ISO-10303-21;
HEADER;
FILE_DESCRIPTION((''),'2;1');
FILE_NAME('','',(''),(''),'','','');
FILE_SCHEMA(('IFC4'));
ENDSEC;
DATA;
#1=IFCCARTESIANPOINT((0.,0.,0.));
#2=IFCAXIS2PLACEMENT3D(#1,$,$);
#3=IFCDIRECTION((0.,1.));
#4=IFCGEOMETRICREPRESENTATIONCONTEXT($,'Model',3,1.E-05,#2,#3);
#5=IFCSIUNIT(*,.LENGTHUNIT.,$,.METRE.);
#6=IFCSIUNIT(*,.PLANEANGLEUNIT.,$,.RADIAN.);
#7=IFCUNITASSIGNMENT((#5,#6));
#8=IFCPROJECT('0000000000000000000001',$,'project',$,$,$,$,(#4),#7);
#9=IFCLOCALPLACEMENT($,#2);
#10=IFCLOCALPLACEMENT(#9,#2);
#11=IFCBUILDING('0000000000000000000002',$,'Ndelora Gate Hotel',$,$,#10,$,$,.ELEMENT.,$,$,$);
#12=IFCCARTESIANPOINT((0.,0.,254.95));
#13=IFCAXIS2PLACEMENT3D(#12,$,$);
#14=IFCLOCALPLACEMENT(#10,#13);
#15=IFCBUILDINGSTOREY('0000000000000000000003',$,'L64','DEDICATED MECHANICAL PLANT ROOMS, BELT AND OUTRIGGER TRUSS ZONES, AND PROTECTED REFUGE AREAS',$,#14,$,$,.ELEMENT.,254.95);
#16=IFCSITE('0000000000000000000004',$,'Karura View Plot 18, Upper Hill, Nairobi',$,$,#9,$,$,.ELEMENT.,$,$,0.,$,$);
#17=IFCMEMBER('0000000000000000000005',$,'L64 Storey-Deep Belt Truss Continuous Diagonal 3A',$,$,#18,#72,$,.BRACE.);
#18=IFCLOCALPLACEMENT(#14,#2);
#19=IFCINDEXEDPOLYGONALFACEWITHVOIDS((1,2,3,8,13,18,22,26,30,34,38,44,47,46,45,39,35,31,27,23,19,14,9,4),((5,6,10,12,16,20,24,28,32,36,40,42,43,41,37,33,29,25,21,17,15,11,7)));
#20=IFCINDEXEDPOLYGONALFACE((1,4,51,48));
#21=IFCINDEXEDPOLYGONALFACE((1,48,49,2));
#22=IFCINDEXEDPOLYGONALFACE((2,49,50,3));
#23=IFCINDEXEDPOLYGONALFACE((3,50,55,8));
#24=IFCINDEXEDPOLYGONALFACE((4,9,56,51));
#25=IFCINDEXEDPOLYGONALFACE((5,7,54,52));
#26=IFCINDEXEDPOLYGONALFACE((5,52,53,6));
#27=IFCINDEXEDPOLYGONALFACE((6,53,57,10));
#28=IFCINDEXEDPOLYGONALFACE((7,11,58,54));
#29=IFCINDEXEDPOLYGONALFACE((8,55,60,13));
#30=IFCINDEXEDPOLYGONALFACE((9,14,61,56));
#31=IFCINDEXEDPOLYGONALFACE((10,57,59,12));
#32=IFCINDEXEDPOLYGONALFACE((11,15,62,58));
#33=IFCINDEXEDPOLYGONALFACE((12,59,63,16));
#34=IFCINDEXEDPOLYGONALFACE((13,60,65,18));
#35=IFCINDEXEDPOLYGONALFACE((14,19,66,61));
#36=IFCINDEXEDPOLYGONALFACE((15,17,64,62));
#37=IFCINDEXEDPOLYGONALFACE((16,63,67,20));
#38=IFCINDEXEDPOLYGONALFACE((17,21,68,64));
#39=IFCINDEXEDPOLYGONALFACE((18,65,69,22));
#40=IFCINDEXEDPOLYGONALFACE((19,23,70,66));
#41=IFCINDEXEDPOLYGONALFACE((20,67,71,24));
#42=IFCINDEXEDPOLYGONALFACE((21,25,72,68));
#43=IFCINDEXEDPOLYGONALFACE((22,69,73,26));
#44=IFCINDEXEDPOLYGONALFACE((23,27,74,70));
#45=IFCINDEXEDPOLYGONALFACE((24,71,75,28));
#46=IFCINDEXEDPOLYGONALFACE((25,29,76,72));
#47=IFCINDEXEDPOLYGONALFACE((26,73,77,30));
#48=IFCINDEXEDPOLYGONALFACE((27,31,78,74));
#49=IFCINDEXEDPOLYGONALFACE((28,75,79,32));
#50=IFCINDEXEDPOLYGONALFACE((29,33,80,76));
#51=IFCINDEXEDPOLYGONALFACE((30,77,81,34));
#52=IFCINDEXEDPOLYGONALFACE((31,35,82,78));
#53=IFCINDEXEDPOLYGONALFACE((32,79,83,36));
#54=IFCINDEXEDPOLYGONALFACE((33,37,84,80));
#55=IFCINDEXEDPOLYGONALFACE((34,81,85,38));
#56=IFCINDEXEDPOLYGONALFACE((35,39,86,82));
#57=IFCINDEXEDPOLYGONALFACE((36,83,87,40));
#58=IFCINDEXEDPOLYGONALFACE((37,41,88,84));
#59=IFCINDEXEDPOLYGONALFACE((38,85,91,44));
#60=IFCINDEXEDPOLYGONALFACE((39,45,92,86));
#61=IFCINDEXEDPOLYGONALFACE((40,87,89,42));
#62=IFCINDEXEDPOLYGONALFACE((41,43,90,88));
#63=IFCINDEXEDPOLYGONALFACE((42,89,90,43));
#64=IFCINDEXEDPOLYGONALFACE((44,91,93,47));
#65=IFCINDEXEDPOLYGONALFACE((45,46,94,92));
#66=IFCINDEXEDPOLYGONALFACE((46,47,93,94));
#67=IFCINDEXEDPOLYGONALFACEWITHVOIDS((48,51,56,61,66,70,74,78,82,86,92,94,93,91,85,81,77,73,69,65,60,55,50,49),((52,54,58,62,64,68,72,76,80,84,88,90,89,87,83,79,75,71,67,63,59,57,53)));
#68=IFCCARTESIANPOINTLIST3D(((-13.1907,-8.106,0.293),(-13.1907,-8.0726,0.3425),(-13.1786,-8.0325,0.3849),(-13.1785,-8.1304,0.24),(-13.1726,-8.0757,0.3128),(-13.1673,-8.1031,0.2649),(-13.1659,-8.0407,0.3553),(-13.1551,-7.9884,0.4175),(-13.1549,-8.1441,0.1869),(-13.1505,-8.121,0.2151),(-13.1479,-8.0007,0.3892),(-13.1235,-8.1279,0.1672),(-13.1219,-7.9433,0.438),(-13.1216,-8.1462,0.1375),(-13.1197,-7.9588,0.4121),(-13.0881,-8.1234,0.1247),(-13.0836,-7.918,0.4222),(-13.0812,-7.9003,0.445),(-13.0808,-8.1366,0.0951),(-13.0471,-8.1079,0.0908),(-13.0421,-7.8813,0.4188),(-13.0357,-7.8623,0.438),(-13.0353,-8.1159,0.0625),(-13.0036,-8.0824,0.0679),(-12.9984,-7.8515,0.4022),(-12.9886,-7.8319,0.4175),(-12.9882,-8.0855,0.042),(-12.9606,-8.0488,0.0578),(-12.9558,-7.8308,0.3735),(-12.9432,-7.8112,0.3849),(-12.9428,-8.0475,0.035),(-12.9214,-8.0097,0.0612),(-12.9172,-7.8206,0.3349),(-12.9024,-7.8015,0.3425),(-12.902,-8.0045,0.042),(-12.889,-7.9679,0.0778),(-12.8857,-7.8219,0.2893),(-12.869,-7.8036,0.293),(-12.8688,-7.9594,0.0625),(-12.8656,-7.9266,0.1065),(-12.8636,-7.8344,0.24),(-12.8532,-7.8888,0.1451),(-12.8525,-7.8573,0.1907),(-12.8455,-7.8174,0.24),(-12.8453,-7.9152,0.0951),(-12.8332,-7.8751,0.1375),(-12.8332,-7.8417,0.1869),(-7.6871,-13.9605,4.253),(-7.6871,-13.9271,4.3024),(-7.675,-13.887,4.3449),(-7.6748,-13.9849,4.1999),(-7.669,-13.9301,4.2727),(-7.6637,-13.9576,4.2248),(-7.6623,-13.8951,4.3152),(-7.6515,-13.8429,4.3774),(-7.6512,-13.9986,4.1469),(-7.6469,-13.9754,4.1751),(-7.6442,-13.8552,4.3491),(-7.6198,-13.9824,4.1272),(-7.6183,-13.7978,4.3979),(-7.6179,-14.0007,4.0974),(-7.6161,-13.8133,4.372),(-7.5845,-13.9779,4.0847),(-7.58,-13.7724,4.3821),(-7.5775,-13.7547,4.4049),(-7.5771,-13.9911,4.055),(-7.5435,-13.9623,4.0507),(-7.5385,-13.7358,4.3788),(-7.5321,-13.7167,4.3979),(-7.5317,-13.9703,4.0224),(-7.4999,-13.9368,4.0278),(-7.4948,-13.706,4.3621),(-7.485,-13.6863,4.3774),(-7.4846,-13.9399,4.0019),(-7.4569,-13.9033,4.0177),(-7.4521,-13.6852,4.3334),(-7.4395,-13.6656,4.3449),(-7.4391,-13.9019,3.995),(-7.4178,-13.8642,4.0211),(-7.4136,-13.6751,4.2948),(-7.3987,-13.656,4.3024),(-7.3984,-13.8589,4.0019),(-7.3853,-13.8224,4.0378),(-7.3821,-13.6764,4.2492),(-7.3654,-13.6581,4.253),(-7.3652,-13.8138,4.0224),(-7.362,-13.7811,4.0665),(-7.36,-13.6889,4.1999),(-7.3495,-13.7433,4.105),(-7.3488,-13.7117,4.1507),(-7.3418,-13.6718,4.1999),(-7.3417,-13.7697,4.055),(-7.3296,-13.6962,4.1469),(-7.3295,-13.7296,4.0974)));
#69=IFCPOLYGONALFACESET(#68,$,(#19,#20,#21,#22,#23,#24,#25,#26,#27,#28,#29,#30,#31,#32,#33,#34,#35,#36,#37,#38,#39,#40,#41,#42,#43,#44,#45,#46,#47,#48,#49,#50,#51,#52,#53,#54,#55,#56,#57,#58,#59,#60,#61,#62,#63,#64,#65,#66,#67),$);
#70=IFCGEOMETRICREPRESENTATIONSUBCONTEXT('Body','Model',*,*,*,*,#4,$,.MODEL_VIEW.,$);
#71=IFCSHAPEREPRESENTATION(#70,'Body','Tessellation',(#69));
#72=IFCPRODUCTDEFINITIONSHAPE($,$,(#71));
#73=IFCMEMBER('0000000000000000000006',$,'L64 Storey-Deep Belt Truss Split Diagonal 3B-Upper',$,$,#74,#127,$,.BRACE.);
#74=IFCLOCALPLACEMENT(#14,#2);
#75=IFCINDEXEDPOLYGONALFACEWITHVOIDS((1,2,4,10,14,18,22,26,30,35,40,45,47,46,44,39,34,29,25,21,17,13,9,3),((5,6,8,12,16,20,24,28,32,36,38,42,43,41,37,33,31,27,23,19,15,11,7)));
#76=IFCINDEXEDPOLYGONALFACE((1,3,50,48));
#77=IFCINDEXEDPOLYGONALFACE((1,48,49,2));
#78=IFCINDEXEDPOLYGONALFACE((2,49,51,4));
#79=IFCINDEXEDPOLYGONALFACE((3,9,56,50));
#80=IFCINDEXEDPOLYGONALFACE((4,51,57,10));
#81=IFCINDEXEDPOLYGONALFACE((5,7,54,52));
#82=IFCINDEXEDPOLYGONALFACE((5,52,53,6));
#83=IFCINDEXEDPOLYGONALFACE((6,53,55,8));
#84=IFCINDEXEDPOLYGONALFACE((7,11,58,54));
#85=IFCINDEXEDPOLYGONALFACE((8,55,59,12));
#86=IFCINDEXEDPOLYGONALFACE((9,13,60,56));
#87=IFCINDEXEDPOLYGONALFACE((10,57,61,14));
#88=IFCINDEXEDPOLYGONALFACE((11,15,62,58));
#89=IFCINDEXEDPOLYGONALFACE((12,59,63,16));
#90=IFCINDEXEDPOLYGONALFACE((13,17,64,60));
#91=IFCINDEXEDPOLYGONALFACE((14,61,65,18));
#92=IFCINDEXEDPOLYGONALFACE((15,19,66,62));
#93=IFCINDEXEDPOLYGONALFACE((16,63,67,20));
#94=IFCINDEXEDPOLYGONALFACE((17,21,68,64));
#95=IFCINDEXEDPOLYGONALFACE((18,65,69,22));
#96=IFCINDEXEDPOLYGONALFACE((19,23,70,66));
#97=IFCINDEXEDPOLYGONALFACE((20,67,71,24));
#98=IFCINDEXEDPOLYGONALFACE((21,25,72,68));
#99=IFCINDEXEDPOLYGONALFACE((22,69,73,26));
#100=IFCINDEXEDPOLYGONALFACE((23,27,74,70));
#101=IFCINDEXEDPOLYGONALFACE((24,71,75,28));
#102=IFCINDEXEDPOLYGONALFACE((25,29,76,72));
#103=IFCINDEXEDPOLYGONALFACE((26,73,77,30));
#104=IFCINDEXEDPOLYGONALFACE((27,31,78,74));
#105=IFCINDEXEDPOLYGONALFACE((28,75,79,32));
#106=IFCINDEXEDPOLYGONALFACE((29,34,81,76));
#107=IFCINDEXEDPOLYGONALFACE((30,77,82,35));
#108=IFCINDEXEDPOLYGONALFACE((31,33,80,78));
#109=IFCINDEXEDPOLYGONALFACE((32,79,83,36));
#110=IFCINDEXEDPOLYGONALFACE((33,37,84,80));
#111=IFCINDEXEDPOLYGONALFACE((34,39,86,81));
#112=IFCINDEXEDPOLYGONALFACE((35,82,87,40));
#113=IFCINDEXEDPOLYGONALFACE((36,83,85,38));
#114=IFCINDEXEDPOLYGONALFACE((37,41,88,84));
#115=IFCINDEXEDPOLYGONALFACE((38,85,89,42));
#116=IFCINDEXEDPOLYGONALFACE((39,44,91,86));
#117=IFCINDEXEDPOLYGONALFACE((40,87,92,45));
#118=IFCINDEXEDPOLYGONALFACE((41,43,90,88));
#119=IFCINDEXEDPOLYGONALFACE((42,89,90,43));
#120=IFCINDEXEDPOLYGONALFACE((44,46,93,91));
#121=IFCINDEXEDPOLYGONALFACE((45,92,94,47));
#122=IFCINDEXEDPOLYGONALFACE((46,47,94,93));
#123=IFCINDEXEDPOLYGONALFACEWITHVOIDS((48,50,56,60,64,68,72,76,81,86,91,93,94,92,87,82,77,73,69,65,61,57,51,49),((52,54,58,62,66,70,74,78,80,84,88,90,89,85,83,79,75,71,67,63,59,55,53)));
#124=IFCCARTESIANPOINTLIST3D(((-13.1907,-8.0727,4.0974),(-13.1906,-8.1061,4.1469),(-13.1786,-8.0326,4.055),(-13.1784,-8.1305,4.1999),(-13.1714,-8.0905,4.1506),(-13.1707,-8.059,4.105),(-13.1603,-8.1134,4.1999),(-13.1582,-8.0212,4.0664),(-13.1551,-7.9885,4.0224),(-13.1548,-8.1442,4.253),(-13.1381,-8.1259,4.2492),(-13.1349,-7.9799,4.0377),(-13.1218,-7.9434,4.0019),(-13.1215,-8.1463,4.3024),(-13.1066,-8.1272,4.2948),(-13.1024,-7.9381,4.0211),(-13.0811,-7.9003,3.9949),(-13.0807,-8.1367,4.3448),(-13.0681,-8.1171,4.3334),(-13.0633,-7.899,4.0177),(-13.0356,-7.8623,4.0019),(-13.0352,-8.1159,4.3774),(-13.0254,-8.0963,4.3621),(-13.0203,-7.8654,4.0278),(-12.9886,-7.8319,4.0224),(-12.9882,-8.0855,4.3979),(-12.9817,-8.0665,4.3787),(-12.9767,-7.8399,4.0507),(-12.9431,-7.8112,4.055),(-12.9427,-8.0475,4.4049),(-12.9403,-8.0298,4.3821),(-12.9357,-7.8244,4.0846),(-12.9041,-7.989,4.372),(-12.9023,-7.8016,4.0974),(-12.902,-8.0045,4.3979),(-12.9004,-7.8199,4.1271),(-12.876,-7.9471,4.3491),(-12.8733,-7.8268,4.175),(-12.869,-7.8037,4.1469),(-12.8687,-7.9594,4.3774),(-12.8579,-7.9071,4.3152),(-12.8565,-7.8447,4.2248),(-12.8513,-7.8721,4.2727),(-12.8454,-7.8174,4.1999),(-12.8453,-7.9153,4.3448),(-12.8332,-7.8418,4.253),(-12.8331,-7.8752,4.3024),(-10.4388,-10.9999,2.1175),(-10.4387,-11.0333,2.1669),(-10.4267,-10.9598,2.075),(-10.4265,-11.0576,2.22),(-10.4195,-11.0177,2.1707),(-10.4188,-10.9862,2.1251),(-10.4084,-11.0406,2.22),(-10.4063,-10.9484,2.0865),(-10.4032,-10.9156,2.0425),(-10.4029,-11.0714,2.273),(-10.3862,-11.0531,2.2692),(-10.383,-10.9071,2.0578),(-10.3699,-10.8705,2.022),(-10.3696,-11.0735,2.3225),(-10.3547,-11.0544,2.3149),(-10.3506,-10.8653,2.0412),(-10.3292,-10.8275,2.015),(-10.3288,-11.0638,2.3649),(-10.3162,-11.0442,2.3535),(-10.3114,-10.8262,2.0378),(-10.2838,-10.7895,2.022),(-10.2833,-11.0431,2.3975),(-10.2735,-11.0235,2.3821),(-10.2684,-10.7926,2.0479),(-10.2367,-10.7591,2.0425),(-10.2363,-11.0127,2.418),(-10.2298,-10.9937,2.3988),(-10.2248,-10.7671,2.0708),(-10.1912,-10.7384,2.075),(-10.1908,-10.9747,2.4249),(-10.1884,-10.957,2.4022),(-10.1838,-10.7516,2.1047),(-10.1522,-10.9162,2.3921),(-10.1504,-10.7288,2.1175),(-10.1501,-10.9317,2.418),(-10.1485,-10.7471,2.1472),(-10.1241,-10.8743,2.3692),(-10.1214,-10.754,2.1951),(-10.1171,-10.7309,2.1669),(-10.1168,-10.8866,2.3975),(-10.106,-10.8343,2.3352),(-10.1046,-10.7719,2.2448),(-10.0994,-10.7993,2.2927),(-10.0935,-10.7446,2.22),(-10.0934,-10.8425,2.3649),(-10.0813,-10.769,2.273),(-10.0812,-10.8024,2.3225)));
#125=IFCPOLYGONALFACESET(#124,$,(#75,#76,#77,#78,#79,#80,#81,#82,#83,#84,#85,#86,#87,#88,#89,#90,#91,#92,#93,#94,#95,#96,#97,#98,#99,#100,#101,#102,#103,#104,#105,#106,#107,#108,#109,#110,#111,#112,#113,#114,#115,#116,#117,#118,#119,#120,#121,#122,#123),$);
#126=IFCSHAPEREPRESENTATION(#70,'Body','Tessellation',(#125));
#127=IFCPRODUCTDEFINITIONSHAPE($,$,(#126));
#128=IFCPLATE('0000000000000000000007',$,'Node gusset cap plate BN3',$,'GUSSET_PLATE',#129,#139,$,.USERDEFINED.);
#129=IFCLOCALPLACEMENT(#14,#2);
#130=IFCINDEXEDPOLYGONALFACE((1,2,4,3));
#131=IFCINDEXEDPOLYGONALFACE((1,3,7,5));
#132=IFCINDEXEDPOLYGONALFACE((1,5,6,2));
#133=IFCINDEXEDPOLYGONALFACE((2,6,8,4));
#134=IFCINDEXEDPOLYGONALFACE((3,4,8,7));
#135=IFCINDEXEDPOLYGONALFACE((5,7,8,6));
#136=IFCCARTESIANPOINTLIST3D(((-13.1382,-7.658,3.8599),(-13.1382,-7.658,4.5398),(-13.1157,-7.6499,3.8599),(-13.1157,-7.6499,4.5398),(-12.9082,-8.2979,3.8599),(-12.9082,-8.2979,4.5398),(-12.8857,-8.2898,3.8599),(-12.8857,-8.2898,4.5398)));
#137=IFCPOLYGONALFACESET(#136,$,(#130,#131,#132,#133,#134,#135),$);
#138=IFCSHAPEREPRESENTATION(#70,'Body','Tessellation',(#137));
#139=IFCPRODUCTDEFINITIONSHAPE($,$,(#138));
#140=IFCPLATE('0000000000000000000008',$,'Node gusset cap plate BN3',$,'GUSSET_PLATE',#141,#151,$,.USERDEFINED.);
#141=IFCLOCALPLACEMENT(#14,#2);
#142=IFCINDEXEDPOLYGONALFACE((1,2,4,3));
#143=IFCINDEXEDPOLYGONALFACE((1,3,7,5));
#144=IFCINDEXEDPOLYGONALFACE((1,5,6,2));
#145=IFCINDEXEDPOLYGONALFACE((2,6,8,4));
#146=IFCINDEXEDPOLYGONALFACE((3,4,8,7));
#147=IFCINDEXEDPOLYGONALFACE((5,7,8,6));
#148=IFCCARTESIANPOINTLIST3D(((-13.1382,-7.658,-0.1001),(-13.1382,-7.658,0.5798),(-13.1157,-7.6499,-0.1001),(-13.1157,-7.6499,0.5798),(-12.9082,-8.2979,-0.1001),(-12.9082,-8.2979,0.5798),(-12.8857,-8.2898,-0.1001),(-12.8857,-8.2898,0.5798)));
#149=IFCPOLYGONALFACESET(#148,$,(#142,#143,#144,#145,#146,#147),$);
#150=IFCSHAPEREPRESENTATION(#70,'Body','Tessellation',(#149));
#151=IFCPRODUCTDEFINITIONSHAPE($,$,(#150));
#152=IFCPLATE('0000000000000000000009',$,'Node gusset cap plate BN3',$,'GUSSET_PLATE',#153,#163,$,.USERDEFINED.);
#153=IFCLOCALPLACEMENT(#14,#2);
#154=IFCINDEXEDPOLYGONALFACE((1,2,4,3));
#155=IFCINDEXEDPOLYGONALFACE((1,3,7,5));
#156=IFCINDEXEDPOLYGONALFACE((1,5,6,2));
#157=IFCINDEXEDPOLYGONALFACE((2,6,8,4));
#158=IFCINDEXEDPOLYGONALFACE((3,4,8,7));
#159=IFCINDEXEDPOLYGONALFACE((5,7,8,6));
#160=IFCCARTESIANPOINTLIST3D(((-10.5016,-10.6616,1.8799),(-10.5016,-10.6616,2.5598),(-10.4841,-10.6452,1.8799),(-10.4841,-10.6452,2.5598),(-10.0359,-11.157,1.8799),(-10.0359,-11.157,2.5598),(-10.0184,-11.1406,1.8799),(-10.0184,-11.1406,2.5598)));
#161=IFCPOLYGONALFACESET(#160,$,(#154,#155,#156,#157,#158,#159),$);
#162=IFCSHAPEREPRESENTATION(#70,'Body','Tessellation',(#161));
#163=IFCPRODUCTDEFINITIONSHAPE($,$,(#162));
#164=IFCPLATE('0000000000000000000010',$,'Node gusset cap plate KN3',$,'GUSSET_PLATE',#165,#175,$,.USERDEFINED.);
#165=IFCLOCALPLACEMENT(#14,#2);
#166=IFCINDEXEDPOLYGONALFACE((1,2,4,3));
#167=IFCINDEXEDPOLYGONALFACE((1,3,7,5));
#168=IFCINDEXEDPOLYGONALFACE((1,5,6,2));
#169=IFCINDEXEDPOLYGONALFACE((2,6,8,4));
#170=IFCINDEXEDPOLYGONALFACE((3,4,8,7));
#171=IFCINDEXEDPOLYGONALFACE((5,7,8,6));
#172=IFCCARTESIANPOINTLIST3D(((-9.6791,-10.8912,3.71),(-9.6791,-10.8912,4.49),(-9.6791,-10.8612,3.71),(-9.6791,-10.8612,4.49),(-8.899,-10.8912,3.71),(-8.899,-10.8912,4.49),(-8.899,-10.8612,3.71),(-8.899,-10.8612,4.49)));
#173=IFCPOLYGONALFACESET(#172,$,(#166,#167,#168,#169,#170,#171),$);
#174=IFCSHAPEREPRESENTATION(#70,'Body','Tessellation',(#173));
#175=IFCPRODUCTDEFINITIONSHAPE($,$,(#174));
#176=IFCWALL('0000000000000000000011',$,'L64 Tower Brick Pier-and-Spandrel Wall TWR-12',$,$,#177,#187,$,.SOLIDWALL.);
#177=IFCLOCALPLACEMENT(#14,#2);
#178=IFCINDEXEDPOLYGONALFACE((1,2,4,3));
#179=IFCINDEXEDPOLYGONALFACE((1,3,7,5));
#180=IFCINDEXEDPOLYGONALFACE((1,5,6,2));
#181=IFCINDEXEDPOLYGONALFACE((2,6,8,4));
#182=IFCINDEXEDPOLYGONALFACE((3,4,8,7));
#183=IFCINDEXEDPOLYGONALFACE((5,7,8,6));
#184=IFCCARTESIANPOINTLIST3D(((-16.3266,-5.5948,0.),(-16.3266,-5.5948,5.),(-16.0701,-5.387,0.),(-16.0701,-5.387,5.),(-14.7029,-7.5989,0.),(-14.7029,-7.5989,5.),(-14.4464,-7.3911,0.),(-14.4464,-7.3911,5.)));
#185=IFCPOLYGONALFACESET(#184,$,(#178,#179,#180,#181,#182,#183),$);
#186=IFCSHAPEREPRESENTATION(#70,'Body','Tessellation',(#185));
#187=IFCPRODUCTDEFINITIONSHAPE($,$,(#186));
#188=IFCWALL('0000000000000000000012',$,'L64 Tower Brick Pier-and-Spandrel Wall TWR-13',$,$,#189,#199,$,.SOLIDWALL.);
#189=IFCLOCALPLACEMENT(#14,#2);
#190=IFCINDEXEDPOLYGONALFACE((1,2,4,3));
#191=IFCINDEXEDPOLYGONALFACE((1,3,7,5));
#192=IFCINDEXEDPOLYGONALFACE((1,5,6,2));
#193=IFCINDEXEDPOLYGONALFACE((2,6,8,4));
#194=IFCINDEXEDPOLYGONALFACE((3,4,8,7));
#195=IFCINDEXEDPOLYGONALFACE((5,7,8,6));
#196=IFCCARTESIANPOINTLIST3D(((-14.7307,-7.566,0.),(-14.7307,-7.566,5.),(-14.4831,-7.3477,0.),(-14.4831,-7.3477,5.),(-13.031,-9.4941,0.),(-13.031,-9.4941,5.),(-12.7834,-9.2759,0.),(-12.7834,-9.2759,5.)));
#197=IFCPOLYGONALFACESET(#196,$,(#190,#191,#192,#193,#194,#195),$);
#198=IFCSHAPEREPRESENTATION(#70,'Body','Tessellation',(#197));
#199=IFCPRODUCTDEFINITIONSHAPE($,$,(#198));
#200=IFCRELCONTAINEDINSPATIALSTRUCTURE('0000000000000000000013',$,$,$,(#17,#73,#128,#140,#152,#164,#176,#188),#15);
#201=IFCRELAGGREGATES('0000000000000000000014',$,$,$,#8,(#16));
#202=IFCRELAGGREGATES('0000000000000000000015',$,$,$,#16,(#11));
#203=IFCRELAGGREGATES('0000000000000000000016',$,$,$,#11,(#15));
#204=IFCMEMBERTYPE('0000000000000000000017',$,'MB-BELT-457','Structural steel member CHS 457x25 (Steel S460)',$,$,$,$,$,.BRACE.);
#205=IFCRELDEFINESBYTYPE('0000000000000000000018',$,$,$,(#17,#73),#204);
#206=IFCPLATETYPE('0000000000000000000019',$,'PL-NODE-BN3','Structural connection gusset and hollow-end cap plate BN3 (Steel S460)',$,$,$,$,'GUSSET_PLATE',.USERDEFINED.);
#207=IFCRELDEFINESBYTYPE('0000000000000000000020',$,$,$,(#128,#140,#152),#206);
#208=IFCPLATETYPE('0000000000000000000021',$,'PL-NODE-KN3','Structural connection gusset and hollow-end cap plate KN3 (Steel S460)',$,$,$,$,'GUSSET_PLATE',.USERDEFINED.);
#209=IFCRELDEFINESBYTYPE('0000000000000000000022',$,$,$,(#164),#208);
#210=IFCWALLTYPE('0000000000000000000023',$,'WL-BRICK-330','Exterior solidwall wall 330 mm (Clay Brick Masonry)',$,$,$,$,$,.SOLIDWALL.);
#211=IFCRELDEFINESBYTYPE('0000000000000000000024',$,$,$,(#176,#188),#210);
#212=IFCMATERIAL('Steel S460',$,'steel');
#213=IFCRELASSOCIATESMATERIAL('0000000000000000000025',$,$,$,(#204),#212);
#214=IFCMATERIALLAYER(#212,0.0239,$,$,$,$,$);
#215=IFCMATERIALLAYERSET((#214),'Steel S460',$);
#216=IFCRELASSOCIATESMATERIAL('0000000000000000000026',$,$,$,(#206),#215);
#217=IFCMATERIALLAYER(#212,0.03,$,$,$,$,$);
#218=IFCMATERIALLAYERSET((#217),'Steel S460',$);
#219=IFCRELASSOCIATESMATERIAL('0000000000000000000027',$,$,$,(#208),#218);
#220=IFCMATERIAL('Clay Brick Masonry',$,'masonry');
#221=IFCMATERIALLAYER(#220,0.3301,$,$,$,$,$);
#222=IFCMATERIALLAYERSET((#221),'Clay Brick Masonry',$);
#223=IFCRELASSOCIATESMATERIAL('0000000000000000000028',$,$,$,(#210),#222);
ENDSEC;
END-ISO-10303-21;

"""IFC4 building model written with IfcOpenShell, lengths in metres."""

from ifc_helpers import new_model, si_unit, direction, frame, frame_2d, origin, origin_2d, place, context, subcontext, project, spatial, rectangle, hollow_circle, extrude, material, layer, layer_set, material_profile, profile_set, type_object, element, save


model = new_model("IFC4")

# Units and contexts
model_context = context("Model", 3, precision=1e-05, world=origin(), true_north=direction((0.0, 1.0)))
body_context = subcontext(model_context, "Body", "Model", "MODEL_VIEW")
ifc_project = project(units=[si_unit("LENGTHUNIT", "METRE"), si_unit("PLANEANGLEUNIT", "RADIAN")], contexts=[model_context])

# Site, building, storey
site_placement = place(None, origin())
site = spatial("IfcSite", under=ifc_project, at=site_placement, Name="Karura View Plot 18, Upper Hill, Nairobi", CompositionType="ELEMENT", RefElevation=0.0)
building_placement = place(site_placement, origin())
building = spatial("IfcBuilding", under=site, at=building_placement, Name="Ndelora Gate Hotel", CompositionType="ELEMENT")
storey_placement = place(building_placement, frame((0.0, 0.0, 254.95)))
storey = spatial("IfcBuildingStorey", under=building, at=storey_placement, Name="L64", Description="DEDICATED MECHANICAL PLANT ROOMS, BELT AND OUTRIGGER TRUSS ZONES, AND PROTECTED REFUGE AREAS", CompositionType="ELEMENT", Elevation=254.95)

# Shared definitions
ifc_material_1 = material(Name="Steel S460", Category="steel")

# Members
ifc_material_profile_1 = material_profile(ifc_material_1, hollow_circle(Radius=0.2285, WallThickness=0.0249, at=origin_2d()), Name="CHS 457x25")
ifc_profile_set_1 = profile_set([ifc_material_profile_1], Name="Steel S460")
member_type = type_object("IfcMemberType", Name="MB-BELT-457", Description="Structural steel member CHS 457x25 (Steel S460)", PredefinedType="BRACE", material=ifc_profile_set_1)
member_1_placement = place(storey_placement, frame((-13.012, -7.9739, 0.24), z_axis=(0.614382, -0.653545, 0.442056), x_axis=(0.7286, 0.684939, 0.0)))
element("IfcMember", 1, at=member_1_placement, inside=storey, type_object=member_type, Name="L64 Storey-Deep Belt Truss Continuous Diagonal 3A", PredefinedType="BRACE", context=body_context, shape_type="SweptSolid", body=[
    extrude(hollow_circle(Radius=0.2285, WallThickness=0.0249, at=origin_2d()), origin(), (0.0, 0.0, 1.0), 8.958),
])
member_2_placement = place(storey_placement, frame((-10.26, -10.9011, 2.22), z_axis=(-0.614399, 0.653534, 0.442049), x_axis=(-0.728585, -0.684955, 0.0)))
element("IfcMember", 2, at=member_2_placement, inside=storey, type_object=member_type, Name="L64 Storey-Deep Belt Truss Split Diagonal 3B-Upper", PredefinedType="BRACE", context=body_context, shape_type="SweptSolid", body=[
    extrude(hollow_circle(Radius=0.2285, WallThickness=0.0249, at=origin_2d()), origin(), (0.0, 0.0, 1.0), 4.479),
])

# Plates
ifc_layer_1 = layer(ifc_material_1, 0.0239)
ifc_layer_set_1 = layer_set([ifc_layer_1], Name="Steel S460")
plate_type_1 = type_object("IfcPlateType", Name="PL-NODE-BN3", Description="Structural connection gusset and hollow-end cap plate BN3 (Steel S460)", ElementType="GUSSET_PLATE", PredefinedType="USERDEFINED", material=ifc_layer_set_1)
for number, where, z_axis, x_axis, name in (
    (3, (-13.012, -7.9739, 3.8599), (0.0, 0.0, 1.0), (-0.338245, 0.941058, 0.0), "Node gusset cap plate BN3"),
    (4, (-13.012, -7.9739, -0.1001), (0.0, 0.0, 1.0), (-0.338245, 0.941058, 0.0), "Node gusset cap plate BN3"),
    (5, (-10.26, -10.9011, 1.8799), (0.0, 0.0, 1.0), (-0.684929, 0.72861, 0.0), "Node gusset cap plate BN3"),
):
    element("IfcPlate", number, at=place(storey_placement, frame(where, z_axis=z_axis, x_axis=x_axis)), inside=storey, type_object=plate_type_1, Name=name, ObjectType="GUSSET_PLATE", PredefinedType="USERDEFINED", context=body_context, shape_type="SweptSolid", body=[
        extrude(rectangle(XDim=0.6799, YDim=0.0239, at=origin_2d()), origin(), (0.0, 0.0, 1.0), 0.6799),
    ])
ifc_layer_2 = layer(ifc_material_1, 0.03)
ifc_layer_set_2 = layer_set([ifc_layer_2], Name="Steel S460")
plate_type_2 = type_object("IfcPlateType", Name="PL-NODE-KN3", Description="Structural connection gusset and hollow-end cap plate KN3 (Steel S460)", ElementType="GUSSET_PLATE", PredefinedType="USERDEFINED", material=ifc_layer_set_2)
plate_placement = place(storey_placement, frame((-9.2891, -10.8762, 3.71), z_axis=(0.0, 0.0, 1.0), x_axis=(1.0, 0.0, 0.0)))
element("IfcPlate", 6, at=plate_placement, inside=storey, type_object=plate_type_2, Name="Node gusset cap plate KN3", ObjectType="GUSSET_PLATE", PredefinedType="USERDEFINED", context=body_context, shape_type="SweptSolid", body=[
    extrude(rectangle(XDim=0.78, YDim=0.03, at=origin_2d()), origin(), (0.0, 0.0, 1.0), 0.78),
])

# Walls
ifc_material_2 = material(Name="Clay Brick Masonry", Category="masonry")
ifc_layer_3 = layer(ifc_material_2, 0.3301)
ifc_layer_set_3 = layer_set([ifc_layer_3], Name="Clay Brick Masonry")
wall_type_1 = type_object("IfcWallType", Name="WL-BRICK-330", Description="Exterior solidwall wall 330 mm (Clay Brick Masonry)", PredefinedType="SOLIDWALL", material=ifc_layer_set_3)
wall_1_placement = place(storey_placement, frame((-14.5747, -7.4949, 0.0), z_axis=(0.0, 0.0, 1.0), x_axis=(-0.629519, 0.776985, 0.0)))
element("IfcWall", 7, at=wall_1_placement, inside=storey, type_object=wall_type_1, Name="L64 Tower Brick Pier-and-Spandrel Wall TWR-12", PredefinedType="SOLIDWALL", context=body_context, shape_type="SweptSolid", body=[
    extrude(rectangle(XDim=2.5793, YDim=0.3301, at=frame_2d((1.2896, 0.0))), origin(), (0.0, 0.0, 1.0), 5.0),
])
wall_2_placement = place(storey_placement, frame((-12.9072, -9.385, 0.0), z_axis=(0.0, 0.0, 1.0), x_axis=(-0.661257, 0.750159, 0.0)))
element("IfcWall", 8, at=wall_2_placement, inside=storey, type_object=wall_type_1, Name="L64 Tower Brick Pier-and-Spandrel Wall TWR-13", PredefinedType="SOLIDWALL", context=body_context, shape_type="SweptSolid", body=[
    extrude(rectangle(XDim=2.5703, YDim=0.3301, at=frame_2d((1.2852, 0.0))), origin(), (0.0, 0.0, 1.0), 5.0),
])

save(model, "model.ifc")
